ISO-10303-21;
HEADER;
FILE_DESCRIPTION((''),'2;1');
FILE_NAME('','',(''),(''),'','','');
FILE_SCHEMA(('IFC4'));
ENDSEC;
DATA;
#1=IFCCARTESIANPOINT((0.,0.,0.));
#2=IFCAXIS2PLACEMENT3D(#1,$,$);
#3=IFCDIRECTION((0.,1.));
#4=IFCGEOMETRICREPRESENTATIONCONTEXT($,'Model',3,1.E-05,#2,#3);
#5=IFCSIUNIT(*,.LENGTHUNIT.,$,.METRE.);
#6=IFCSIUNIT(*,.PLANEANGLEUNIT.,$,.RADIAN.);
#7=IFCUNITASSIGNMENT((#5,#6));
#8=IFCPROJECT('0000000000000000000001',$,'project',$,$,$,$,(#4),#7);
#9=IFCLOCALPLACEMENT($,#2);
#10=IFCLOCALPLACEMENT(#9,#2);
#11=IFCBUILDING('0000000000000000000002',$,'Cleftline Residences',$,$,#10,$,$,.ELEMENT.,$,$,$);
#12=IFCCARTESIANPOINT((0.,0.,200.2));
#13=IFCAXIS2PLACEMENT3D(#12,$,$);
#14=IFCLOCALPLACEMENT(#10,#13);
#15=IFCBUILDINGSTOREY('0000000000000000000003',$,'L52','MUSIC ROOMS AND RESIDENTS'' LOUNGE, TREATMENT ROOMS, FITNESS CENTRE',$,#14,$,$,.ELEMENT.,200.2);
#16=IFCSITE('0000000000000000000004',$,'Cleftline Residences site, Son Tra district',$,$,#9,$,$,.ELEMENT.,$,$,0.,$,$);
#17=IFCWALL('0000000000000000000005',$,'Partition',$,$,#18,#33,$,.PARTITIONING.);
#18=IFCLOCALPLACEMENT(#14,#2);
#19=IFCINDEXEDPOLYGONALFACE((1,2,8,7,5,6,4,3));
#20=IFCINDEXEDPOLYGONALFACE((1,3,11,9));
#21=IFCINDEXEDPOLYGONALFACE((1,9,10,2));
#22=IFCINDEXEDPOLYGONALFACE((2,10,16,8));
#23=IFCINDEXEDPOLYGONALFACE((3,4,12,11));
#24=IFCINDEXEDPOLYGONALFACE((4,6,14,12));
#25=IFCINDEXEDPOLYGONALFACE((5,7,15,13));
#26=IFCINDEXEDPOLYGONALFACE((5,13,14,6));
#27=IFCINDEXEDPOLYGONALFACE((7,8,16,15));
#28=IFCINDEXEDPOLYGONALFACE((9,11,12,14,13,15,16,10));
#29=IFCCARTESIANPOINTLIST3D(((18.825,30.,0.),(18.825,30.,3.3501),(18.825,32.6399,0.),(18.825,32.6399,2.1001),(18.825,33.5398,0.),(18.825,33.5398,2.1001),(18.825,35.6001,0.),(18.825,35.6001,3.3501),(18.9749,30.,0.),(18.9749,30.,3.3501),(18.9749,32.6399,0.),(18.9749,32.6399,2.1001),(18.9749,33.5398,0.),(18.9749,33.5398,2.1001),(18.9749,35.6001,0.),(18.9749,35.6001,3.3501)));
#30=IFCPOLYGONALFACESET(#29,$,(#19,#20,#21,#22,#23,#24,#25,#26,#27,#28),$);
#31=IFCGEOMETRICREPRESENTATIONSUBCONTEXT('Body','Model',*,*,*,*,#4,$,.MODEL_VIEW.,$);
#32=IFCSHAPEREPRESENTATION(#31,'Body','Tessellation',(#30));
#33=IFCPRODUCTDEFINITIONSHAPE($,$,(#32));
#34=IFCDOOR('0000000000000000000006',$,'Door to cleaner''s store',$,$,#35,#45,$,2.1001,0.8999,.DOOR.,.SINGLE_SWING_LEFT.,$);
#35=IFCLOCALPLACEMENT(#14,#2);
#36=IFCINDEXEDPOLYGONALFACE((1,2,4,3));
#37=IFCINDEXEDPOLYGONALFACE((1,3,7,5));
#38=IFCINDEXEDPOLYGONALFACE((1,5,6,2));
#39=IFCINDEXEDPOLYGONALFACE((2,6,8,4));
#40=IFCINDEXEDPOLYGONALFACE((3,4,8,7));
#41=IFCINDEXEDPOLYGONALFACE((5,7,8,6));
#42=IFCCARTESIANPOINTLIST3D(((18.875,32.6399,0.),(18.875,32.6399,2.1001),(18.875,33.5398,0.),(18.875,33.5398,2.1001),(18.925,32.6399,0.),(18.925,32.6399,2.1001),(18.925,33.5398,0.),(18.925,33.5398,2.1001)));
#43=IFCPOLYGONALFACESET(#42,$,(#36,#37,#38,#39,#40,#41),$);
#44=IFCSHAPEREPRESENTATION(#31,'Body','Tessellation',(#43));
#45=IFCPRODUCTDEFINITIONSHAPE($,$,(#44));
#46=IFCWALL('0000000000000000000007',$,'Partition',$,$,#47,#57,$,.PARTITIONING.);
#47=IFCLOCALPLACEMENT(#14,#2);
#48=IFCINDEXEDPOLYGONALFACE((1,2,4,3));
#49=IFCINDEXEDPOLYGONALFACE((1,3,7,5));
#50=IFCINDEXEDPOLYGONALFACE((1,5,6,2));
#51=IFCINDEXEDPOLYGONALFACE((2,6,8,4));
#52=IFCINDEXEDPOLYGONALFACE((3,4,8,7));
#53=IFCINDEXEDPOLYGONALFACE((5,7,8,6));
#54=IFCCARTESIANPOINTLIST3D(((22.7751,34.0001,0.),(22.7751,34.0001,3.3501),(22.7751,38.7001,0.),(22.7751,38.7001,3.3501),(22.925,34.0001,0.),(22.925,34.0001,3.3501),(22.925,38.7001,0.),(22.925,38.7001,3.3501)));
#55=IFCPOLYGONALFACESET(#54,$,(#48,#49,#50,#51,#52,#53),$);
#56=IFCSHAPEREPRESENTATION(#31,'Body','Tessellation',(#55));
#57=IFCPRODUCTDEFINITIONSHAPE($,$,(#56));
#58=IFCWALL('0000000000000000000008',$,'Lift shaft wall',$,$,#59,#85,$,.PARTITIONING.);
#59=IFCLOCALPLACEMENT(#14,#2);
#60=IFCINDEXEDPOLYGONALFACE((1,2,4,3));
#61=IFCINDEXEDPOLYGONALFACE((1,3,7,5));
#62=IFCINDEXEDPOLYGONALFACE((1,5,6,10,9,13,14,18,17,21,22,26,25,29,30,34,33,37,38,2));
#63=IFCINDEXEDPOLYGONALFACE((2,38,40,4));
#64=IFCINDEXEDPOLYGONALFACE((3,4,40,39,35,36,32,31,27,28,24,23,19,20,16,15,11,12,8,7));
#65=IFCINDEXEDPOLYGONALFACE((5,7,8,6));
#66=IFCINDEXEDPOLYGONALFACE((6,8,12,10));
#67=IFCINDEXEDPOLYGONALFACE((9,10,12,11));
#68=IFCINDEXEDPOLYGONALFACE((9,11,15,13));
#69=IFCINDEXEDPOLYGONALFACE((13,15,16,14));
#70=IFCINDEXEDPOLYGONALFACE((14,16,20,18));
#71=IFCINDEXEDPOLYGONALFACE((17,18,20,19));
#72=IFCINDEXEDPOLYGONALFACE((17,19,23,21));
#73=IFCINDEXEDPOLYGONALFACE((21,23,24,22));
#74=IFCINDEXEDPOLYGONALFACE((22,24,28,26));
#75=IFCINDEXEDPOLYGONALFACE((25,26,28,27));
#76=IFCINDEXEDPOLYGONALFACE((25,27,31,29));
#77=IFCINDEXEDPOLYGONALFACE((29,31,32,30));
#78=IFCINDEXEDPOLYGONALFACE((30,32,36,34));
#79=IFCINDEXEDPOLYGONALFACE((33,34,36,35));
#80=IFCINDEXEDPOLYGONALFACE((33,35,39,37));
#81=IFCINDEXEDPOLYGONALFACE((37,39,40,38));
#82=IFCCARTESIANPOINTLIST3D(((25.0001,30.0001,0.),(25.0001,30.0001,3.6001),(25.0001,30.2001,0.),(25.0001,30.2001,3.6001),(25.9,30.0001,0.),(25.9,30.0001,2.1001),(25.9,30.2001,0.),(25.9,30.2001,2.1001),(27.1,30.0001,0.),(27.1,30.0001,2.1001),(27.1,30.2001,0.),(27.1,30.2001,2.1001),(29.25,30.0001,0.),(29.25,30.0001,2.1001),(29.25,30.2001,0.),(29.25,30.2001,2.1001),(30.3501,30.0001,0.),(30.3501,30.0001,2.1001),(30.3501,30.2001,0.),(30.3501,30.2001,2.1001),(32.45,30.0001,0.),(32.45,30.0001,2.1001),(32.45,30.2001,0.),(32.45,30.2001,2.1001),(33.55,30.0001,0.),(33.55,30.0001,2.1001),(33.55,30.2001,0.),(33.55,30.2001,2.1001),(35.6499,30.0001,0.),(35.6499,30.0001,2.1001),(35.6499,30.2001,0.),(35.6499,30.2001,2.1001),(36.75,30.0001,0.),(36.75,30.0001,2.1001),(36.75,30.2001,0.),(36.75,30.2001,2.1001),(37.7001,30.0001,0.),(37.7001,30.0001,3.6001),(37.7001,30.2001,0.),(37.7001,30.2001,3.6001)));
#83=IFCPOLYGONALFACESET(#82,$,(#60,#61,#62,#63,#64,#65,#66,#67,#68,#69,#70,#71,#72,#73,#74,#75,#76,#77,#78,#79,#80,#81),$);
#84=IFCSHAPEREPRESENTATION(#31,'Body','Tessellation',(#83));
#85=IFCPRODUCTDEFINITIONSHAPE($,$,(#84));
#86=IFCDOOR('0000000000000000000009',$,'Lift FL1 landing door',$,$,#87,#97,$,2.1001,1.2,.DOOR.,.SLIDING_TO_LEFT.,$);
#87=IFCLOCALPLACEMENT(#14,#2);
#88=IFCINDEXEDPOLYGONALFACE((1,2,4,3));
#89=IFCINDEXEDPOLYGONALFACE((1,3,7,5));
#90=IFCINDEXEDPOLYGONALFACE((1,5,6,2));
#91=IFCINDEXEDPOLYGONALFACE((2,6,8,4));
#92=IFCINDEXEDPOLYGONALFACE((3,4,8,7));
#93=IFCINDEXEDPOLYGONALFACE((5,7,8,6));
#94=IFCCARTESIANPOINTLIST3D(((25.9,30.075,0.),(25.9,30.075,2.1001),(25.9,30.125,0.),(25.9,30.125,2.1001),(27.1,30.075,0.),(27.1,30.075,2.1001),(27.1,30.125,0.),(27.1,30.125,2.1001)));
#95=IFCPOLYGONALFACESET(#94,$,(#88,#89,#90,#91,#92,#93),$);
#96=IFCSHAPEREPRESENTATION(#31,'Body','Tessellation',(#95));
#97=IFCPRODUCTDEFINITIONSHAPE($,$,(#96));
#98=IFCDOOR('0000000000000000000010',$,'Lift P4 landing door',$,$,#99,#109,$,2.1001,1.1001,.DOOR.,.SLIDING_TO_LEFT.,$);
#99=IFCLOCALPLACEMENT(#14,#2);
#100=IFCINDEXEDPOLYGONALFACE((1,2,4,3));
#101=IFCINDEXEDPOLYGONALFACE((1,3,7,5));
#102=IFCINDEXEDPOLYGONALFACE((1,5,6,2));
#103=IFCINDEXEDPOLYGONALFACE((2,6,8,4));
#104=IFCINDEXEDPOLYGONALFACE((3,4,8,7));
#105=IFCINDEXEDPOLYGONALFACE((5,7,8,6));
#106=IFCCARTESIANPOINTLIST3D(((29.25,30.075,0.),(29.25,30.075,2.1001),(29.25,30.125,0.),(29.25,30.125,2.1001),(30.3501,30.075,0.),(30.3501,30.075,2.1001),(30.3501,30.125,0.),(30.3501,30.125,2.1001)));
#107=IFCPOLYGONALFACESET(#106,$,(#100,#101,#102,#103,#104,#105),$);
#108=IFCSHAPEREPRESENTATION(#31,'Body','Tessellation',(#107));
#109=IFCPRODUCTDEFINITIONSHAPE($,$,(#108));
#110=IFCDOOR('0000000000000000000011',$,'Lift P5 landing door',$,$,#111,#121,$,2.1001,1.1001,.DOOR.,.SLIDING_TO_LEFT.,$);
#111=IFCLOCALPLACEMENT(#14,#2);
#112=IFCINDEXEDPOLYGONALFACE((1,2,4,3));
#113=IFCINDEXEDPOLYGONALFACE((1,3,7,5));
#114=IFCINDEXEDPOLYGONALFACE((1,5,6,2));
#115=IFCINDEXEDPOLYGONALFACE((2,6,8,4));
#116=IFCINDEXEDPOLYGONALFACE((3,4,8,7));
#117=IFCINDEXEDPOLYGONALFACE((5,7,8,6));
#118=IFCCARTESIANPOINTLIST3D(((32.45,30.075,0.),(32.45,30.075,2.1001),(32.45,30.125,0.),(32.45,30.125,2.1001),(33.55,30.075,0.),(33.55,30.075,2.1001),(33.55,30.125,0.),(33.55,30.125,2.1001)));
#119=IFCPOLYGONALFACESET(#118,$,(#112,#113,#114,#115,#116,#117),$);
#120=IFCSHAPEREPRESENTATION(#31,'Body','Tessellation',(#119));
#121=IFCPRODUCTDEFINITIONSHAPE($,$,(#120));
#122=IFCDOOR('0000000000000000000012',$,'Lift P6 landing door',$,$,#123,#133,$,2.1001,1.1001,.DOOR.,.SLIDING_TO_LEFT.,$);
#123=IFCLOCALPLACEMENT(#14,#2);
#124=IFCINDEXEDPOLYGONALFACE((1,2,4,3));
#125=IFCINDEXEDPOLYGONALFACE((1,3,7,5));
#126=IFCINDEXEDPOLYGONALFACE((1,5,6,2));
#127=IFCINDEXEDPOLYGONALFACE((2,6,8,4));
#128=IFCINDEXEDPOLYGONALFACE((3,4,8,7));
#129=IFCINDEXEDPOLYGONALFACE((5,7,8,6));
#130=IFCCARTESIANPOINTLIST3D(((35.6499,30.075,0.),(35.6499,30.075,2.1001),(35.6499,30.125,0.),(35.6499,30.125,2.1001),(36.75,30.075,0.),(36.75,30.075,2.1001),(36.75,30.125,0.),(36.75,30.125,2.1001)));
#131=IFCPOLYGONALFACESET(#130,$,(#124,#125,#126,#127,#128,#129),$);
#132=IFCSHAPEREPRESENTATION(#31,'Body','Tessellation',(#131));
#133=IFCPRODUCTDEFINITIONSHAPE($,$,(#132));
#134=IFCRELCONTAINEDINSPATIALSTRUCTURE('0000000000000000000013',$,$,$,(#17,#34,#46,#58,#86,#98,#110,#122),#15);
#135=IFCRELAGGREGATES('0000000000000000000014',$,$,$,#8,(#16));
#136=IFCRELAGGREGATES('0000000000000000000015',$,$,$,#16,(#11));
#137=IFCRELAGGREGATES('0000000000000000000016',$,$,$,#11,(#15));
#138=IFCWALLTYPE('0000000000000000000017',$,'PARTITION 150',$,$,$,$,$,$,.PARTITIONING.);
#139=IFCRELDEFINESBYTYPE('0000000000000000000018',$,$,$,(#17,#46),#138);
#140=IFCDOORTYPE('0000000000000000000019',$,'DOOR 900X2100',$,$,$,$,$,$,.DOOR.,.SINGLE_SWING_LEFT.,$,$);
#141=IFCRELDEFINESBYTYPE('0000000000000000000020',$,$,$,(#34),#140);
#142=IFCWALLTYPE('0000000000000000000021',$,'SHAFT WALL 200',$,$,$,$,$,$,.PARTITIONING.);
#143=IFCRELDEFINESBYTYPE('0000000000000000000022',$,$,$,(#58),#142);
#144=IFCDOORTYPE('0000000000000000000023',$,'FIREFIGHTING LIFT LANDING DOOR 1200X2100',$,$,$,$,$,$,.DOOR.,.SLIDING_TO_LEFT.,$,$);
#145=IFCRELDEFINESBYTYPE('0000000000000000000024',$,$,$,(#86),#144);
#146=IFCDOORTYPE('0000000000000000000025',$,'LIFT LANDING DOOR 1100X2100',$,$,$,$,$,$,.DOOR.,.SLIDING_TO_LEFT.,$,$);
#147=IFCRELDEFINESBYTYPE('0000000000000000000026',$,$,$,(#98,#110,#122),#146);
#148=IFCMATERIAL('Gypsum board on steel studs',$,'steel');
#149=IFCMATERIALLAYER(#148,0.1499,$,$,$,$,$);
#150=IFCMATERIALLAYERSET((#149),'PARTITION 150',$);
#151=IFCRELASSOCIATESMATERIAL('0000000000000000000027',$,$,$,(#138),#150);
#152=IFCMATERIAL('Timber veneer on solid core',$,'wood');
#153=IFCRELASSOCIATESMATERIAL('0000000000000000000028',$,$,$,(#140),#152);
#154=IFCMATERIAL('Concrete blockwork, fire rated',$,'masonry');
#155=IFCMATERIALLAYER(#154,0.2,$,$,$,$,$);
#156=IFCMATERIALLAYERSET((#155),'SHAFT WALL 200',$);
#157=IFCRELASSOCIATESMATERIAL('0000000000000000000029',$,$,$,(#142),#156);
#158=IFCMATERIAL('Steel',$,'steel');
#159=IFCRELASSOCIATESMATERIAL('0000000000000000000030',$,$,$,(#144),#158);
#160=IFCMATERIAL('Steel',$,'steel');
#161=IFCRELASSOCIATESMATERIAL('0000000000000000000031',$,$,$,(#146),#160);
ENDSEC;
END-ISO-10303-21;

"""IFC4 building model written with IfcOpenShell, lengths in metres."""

from ifc_helpers import new_model, si_unit, direction, frame, frame_2d, origin, place, context, subcontext, project, spatial, rectangle, extrude, material, layer, layer_set, type_object, element, fill, save


model = new_model("IFC4")

# Units and contexts
model_context = context("Model", 3, precision=1e-05, world=origin(), true_north=direction((0.0, 1.0)))
body_context = subcontext(model_context, "Body", "Model", "MODEL_VIEW")
ifc_project = project(units=[si_unit("LENGTHUNIT", "METRE"), si_unit("PLANEANGLEUNIT", "RADIAN")], contexts=[model_context])

# Site, building, storey
site_placement = place(None, origin())
site = spatial("IfcSite", under=ifc_project, at=site_placement, Name="Cleftline Residences site, Son Tra district", CompositionType="ELEMENT", RefElevation=0.0)
building_placement = place(site_placement, origin())
building = spatial("IfcBuilding", under=site, at=building_placement, Name="Cleftline Residences", CompositionType="ELEMENT")
storey_placement = place(building_placement, frame((0.0, 0.0, 200.2)))
storey = spatial("IfcBuildingStorey", under=building, at=storey_placement, Name="L52", Description="MUSIC ROOMS AND RESIDENTS' LOUNGE, TREATMENT ROOMS, FITNESS CENTRE", CompositionType="ELEMENT", Elevation=200.2)

# Shared definitions
ifc_material_1 = material(Name="Gypsum board on steel studs", Category="steel")
ifc_layer_1 = layer(ifc_material_1, 0.1499)
ifc_layer_set_1 = layer_set([ifc_layer_1], Name="PARTITION 150")
wall_type_1 = type_object("IfcWallType", Name="PARTITION 150", PredefinedType="PARTITIONING", material=ifc_layer_set_1)

# Wall, opening, door
wall_1_placement = place(storey_placement, frame((18.8999, 30.0, 0.0), z_axis=(0.0, 0.0, 1.0), x_axis=(0.0, 1.0, 0.0)))
wall_1 = element("IfcWall", 1, at=wall_1_placement, inside=storey, type_object=wall_type_1, Name="Partition", PredefinedType="PARTITIONING", context=body_context, shape_type="SweptSolid", body=[
    extrude(rectangle(XDim=5.6001, YDim=0.1499, at=frame_2d((2.8, 0.0))), origin(), (0.0, 0.0, 1.0), 3.3501),
])
opening_1_placement = place(wall_1_placement, frame((2.6399, 0.0, 0.0)))
opening_1 = element("IfcOpeningElement", 2, at=opening_1_placement, cuts=wall_1, PredefinedType="OPENING", context=body_context, shape_type="SweptSolid", body=[
    extrude(rectangle(XDim=0.8999, YDim=2.1001, at=frame_2d((0.45, 1.05))), frame((0.0, 0.085, 0.0), z_axis=(0.0, -1.0, 0.0), x_axis=(1.0, 0.0, 0.0)), (0.0, 0.0, 1.0), 0.1699),
])
ifc_material_2 = material(Name="Timber veneer on solid core", Category="wood")
door_type_1 = type_object("IfcDoorType", Name="DOOR 900X2100", OperationType="SINGLE_SWING_LEFT", PredefinedType="DOOR", material=ifc_material_2)
door_1_placement = place(opening_1_placement, origin())
door_1 = element("IfcDoor", 3, at=door_1_placement, inside=storey, type_object=door_type_1, Name="Door to cleaner's store", OperationType="SINGLE_SWING_LEFT", OverallHeight=2.1001, OverallWidth=0.8999, PredefinedType="DOOR", context=body_context, shape_type="SweptSolid", body=[
    extrude(rectangle(XDim=0.8999, YDim=2.1001, at=frame_2d((0.45, 1.05))), frame((0.0, 0.0249, 0.0), z_axis=(0.0, -1.0, 0.0), x_axis=(1.0, 0.0, 0.0)), (0.0, 0.0, 1.0), 0.05),
])
fill(opening_1, door_1)

# Wall
wall_2_placement = place(storey_placement, frame((22.8501, 34.0, 0.0), z_axis=(0.0, 0.0, 1.0), x_axis=(0.0, 1.0, 0.0)))
element("IfcWall", 4, at=wall_2_placement, inside=storey, type_object=wall_type_1, Name="Partition", PredefinedType="PARTITIONING", context=body_context, shape_type="SweptSolid", body=[
    extrude(rectangle(XDim=4.7, YDim=0.1499, at=frame_2d((2.3501, 0.0))), origin(), (0.0, 0.0, 1.0), 3.3501),
])

# Wall, openings, doors
ifc_material_3 = material(Name="Concrete blockwork, fire rated", Category="masonry")
ifc_layer_2 = layer(ifc_material_3, 0.2)
ifc_layer_set_2 = layer_set([ifc_layer_2], Name="SHAFT WALL 200")
wall_type_2 = type_object("IfcWallType", Name="SHAFT WALL 200", PredefinedType="PARTITIONING", material=ifc_layer_set_2)
wall_3_placement = place(storey_placement, frame((25.0, 30.1001, 0.0), z_axis=(0.0, 0.0, 1.0), x_axis=(1.0, 0.0, 0.0)))
wall_3 = element("IfcWall", 5, at=wall_3_placement, inside=storey, type_object=wall_type_2, Name="Lift shaft wall", PredefinedType="PARTITIONING", context=body_context, shape_type="SweptSolid", body=[
    extrude(rectangle(XDim=12.7, YDim=0.2, at=frame_2d((6.3501, 0.0))), origin(), (0.0, 0.0, 1.0), 3.6001),
])
opening_2_placement = place(wall_3_placement, frame((4.25, 0.0, 0.0)))
opening_2 = element("IfcOpeningElement", 6, at=opening_2_placement, cuts=wall_3, PredefinedType="OPENING", context=body_context, shape_type="SweptSolid", body=[
    extrude(rectangle(XDim=1.1001, YDim=2.1001, at=frame_2d((0.55, 1.05))), frame((0.0, 0.1099, 0.0), z_axis=(0.0, -1.0, 0.0), x_axis=(1.0, 0.0, 0.0)), (0.0, 0.0, 1.0), 0.22),
])
opening_3_placement = place(wall_3_placement, frame((7.45, 0.0, 0.0)))
opening_3 = element("IfcOpeningElement", 7, at=opening_3_placement, cuts=wall_3, PredefinedType="OPENING", context=body_context, shape_type="SweptSolid", body=[
    extrude(rectangle(XDim=1.1001, YDim=2.1001, at=frame_2d((0.55, 1.05))), frame((0.0, 0.1099, 0.0), z_axis=(0.0, -1.0, 0.0), x_axis=(1.0, 0.0, 0.0)), (0.0, 0.0, 1.0), 0.22),
])
opening_4_placement = place(wall_3_placement, frame((10.6499, 0.0, 0.0)))
opening_4 = element("IfcOpeningElement", 8, at=opening_4_placement, cuts=wall_3, PredefinedType="OPENING", context=body_context, shape_type="SweptSolid", body=[
    extrude(rectangle(XDim=1.1001, YDim=2.1001, at=frame_2d((0.55, 1.05))), frame((0.0, 0.1099, 0.0), z_axis=(0.0, -1.0, 0.0), x_axis=(1.0, 0.0, 0.0)), (0.0, 0.0, 1.0), 0.22),
])
opening_5_placement = place(wall_3_placement, frame((0.8999, 0.0, 0.0)))
opening_5 = element("IfcOpeningElement", 9, at=opening_5_placement, cuts=wall_3, PredefinedType="OPENING", context=body_context, shape_type="SweptSolid", body=[
    extrude(rectangle(XDim=1.2, YDim=2.1001, at=frame_2d((0.6001, 1.05))), frame((0.0, 0.1099, 0.0), z_axis=(0.0, -1.0, 0.0), x_axis=(1.0, 0.0, 0.0)), (0.0, 0.0, 1.0), 0.22),
])
ifc_material_4 = material(Name="Steel", Category="steel")
door_type_2 = type_object("IfcDoorType", Name="FIREFIGHTING LIFT LANDING DOOR 1200X2100", OperationType="SLIDING_TO_LEFT", PredefinedType="DOOR", material=ifc_material_4)
door_2_placement = place(opening_5_placement, origin())
door_2 = element("IfcDoor", 10, at=door_2_placement, inside=storey, type_object=door_type_2, Name="Lift FL1 landing door", OperationType="SLIDING_TO_LEFT", OverallHeight=2.1001, OverallWidth=1.2, PredefinedType="DOOR", context=body_context, shape_type="SweptSolid", body=[
    extrude(rectangle(XDim=1.2, YDim=2.1001, at=frame_2d((0.6001, 1.05))), frame((0.0, 0.0249, 0.0), z_axis=(0.0, -1.0, 0.0), x_axis=(1.0, 0.0, 0.0)), (0.0, 0.0, 1.0), 0.05),
])
fill(opening_5, door_2)
ifc_material_5 = material(Name="Steel", Category="steel")
door_type_3 = type_object("IfcDoorType", Name="LIFT LANDING DOOR 1100X2100", OperationType="SLIDING_TO_LEFT", PredefinedType="DOOR", material=ifc_material_5)
door_3_placement = place(opening_2_placement, origin())
door_3 = element("IfcDoor", 11, at=door_3_placement, inside=storey, type_object=door_type_3, Name="Lift P4 landing door", OperationType="SLIDING_TO_LEFT", OverallHeight=2.1001, OverallWidth=1.1001, PredefinedType="DOOR", context=body_context, shape_type="SweptSolid", body=[
    extrude(rectangle(XDim=1.1001, YDim=2.1001, at=frame_2d((0.55, 1.05))), frame((0.0, 0.0249, 0.0), z_axis=(0.0, -1.0, 0.0), x_axis=(1.0, 0.0, 0.0)), (0.0, 0.0, 1.0), 0.05),
])
fill(opening_2, door_3)
door_4_placement = place(opening_3_placement, origin())
door_4 = element("IfcDoor", 12, at=door_4_placement, inside=storey, type_object=door_type_3, Name="Lift P5 landing door", OperationType="SLIDING_TO_LEFT", OverallHeight=2.1001, OverallWidth=1.1001, PredefinedType="DOOR", context=body_context, shape_type="SweptSolid", body=[
    extrude(rectangle(XDim=1.1001, YDim=2.1001, at=frame_2d((0.55, 1.05))), frame((0.0, 0.0249, 0.0), z_axis=(0.0, -1.0, 0.0), x_axis=(1.0, 0.0, 0.0)), (0.0, 0.0, 1.0), 0.05),
])
fill(opening_3, door_4)
door_5_placement = place(opening_4_placement, origin())
door_5 = element("IfcDoor", 13, at=door_5_placement, inside=storey, type_object=door_type_3, Name="Lift P6 landing door", OperationType="SLIDING_TO_LEFT", OverallHeight=2.1001, OverallWidth=1.1001, PredefinedType="DOOR", context=body_context, shape_type="SweptSolid", body=[
    extrude(rectangle(XDim=1.1001, YDim=2.1001, at=frame_2d((0.55, 1.05))), frame((0.0, 0.0249, 0.0), z_axis=(0.0, -1.0, 0.0), x_axis=(1.0, 0.0, 0.0)), (0.0, 0.0, 1.0), 0.05),
])
fill(opening_4, door_5)

save(model, "model.ifc")
